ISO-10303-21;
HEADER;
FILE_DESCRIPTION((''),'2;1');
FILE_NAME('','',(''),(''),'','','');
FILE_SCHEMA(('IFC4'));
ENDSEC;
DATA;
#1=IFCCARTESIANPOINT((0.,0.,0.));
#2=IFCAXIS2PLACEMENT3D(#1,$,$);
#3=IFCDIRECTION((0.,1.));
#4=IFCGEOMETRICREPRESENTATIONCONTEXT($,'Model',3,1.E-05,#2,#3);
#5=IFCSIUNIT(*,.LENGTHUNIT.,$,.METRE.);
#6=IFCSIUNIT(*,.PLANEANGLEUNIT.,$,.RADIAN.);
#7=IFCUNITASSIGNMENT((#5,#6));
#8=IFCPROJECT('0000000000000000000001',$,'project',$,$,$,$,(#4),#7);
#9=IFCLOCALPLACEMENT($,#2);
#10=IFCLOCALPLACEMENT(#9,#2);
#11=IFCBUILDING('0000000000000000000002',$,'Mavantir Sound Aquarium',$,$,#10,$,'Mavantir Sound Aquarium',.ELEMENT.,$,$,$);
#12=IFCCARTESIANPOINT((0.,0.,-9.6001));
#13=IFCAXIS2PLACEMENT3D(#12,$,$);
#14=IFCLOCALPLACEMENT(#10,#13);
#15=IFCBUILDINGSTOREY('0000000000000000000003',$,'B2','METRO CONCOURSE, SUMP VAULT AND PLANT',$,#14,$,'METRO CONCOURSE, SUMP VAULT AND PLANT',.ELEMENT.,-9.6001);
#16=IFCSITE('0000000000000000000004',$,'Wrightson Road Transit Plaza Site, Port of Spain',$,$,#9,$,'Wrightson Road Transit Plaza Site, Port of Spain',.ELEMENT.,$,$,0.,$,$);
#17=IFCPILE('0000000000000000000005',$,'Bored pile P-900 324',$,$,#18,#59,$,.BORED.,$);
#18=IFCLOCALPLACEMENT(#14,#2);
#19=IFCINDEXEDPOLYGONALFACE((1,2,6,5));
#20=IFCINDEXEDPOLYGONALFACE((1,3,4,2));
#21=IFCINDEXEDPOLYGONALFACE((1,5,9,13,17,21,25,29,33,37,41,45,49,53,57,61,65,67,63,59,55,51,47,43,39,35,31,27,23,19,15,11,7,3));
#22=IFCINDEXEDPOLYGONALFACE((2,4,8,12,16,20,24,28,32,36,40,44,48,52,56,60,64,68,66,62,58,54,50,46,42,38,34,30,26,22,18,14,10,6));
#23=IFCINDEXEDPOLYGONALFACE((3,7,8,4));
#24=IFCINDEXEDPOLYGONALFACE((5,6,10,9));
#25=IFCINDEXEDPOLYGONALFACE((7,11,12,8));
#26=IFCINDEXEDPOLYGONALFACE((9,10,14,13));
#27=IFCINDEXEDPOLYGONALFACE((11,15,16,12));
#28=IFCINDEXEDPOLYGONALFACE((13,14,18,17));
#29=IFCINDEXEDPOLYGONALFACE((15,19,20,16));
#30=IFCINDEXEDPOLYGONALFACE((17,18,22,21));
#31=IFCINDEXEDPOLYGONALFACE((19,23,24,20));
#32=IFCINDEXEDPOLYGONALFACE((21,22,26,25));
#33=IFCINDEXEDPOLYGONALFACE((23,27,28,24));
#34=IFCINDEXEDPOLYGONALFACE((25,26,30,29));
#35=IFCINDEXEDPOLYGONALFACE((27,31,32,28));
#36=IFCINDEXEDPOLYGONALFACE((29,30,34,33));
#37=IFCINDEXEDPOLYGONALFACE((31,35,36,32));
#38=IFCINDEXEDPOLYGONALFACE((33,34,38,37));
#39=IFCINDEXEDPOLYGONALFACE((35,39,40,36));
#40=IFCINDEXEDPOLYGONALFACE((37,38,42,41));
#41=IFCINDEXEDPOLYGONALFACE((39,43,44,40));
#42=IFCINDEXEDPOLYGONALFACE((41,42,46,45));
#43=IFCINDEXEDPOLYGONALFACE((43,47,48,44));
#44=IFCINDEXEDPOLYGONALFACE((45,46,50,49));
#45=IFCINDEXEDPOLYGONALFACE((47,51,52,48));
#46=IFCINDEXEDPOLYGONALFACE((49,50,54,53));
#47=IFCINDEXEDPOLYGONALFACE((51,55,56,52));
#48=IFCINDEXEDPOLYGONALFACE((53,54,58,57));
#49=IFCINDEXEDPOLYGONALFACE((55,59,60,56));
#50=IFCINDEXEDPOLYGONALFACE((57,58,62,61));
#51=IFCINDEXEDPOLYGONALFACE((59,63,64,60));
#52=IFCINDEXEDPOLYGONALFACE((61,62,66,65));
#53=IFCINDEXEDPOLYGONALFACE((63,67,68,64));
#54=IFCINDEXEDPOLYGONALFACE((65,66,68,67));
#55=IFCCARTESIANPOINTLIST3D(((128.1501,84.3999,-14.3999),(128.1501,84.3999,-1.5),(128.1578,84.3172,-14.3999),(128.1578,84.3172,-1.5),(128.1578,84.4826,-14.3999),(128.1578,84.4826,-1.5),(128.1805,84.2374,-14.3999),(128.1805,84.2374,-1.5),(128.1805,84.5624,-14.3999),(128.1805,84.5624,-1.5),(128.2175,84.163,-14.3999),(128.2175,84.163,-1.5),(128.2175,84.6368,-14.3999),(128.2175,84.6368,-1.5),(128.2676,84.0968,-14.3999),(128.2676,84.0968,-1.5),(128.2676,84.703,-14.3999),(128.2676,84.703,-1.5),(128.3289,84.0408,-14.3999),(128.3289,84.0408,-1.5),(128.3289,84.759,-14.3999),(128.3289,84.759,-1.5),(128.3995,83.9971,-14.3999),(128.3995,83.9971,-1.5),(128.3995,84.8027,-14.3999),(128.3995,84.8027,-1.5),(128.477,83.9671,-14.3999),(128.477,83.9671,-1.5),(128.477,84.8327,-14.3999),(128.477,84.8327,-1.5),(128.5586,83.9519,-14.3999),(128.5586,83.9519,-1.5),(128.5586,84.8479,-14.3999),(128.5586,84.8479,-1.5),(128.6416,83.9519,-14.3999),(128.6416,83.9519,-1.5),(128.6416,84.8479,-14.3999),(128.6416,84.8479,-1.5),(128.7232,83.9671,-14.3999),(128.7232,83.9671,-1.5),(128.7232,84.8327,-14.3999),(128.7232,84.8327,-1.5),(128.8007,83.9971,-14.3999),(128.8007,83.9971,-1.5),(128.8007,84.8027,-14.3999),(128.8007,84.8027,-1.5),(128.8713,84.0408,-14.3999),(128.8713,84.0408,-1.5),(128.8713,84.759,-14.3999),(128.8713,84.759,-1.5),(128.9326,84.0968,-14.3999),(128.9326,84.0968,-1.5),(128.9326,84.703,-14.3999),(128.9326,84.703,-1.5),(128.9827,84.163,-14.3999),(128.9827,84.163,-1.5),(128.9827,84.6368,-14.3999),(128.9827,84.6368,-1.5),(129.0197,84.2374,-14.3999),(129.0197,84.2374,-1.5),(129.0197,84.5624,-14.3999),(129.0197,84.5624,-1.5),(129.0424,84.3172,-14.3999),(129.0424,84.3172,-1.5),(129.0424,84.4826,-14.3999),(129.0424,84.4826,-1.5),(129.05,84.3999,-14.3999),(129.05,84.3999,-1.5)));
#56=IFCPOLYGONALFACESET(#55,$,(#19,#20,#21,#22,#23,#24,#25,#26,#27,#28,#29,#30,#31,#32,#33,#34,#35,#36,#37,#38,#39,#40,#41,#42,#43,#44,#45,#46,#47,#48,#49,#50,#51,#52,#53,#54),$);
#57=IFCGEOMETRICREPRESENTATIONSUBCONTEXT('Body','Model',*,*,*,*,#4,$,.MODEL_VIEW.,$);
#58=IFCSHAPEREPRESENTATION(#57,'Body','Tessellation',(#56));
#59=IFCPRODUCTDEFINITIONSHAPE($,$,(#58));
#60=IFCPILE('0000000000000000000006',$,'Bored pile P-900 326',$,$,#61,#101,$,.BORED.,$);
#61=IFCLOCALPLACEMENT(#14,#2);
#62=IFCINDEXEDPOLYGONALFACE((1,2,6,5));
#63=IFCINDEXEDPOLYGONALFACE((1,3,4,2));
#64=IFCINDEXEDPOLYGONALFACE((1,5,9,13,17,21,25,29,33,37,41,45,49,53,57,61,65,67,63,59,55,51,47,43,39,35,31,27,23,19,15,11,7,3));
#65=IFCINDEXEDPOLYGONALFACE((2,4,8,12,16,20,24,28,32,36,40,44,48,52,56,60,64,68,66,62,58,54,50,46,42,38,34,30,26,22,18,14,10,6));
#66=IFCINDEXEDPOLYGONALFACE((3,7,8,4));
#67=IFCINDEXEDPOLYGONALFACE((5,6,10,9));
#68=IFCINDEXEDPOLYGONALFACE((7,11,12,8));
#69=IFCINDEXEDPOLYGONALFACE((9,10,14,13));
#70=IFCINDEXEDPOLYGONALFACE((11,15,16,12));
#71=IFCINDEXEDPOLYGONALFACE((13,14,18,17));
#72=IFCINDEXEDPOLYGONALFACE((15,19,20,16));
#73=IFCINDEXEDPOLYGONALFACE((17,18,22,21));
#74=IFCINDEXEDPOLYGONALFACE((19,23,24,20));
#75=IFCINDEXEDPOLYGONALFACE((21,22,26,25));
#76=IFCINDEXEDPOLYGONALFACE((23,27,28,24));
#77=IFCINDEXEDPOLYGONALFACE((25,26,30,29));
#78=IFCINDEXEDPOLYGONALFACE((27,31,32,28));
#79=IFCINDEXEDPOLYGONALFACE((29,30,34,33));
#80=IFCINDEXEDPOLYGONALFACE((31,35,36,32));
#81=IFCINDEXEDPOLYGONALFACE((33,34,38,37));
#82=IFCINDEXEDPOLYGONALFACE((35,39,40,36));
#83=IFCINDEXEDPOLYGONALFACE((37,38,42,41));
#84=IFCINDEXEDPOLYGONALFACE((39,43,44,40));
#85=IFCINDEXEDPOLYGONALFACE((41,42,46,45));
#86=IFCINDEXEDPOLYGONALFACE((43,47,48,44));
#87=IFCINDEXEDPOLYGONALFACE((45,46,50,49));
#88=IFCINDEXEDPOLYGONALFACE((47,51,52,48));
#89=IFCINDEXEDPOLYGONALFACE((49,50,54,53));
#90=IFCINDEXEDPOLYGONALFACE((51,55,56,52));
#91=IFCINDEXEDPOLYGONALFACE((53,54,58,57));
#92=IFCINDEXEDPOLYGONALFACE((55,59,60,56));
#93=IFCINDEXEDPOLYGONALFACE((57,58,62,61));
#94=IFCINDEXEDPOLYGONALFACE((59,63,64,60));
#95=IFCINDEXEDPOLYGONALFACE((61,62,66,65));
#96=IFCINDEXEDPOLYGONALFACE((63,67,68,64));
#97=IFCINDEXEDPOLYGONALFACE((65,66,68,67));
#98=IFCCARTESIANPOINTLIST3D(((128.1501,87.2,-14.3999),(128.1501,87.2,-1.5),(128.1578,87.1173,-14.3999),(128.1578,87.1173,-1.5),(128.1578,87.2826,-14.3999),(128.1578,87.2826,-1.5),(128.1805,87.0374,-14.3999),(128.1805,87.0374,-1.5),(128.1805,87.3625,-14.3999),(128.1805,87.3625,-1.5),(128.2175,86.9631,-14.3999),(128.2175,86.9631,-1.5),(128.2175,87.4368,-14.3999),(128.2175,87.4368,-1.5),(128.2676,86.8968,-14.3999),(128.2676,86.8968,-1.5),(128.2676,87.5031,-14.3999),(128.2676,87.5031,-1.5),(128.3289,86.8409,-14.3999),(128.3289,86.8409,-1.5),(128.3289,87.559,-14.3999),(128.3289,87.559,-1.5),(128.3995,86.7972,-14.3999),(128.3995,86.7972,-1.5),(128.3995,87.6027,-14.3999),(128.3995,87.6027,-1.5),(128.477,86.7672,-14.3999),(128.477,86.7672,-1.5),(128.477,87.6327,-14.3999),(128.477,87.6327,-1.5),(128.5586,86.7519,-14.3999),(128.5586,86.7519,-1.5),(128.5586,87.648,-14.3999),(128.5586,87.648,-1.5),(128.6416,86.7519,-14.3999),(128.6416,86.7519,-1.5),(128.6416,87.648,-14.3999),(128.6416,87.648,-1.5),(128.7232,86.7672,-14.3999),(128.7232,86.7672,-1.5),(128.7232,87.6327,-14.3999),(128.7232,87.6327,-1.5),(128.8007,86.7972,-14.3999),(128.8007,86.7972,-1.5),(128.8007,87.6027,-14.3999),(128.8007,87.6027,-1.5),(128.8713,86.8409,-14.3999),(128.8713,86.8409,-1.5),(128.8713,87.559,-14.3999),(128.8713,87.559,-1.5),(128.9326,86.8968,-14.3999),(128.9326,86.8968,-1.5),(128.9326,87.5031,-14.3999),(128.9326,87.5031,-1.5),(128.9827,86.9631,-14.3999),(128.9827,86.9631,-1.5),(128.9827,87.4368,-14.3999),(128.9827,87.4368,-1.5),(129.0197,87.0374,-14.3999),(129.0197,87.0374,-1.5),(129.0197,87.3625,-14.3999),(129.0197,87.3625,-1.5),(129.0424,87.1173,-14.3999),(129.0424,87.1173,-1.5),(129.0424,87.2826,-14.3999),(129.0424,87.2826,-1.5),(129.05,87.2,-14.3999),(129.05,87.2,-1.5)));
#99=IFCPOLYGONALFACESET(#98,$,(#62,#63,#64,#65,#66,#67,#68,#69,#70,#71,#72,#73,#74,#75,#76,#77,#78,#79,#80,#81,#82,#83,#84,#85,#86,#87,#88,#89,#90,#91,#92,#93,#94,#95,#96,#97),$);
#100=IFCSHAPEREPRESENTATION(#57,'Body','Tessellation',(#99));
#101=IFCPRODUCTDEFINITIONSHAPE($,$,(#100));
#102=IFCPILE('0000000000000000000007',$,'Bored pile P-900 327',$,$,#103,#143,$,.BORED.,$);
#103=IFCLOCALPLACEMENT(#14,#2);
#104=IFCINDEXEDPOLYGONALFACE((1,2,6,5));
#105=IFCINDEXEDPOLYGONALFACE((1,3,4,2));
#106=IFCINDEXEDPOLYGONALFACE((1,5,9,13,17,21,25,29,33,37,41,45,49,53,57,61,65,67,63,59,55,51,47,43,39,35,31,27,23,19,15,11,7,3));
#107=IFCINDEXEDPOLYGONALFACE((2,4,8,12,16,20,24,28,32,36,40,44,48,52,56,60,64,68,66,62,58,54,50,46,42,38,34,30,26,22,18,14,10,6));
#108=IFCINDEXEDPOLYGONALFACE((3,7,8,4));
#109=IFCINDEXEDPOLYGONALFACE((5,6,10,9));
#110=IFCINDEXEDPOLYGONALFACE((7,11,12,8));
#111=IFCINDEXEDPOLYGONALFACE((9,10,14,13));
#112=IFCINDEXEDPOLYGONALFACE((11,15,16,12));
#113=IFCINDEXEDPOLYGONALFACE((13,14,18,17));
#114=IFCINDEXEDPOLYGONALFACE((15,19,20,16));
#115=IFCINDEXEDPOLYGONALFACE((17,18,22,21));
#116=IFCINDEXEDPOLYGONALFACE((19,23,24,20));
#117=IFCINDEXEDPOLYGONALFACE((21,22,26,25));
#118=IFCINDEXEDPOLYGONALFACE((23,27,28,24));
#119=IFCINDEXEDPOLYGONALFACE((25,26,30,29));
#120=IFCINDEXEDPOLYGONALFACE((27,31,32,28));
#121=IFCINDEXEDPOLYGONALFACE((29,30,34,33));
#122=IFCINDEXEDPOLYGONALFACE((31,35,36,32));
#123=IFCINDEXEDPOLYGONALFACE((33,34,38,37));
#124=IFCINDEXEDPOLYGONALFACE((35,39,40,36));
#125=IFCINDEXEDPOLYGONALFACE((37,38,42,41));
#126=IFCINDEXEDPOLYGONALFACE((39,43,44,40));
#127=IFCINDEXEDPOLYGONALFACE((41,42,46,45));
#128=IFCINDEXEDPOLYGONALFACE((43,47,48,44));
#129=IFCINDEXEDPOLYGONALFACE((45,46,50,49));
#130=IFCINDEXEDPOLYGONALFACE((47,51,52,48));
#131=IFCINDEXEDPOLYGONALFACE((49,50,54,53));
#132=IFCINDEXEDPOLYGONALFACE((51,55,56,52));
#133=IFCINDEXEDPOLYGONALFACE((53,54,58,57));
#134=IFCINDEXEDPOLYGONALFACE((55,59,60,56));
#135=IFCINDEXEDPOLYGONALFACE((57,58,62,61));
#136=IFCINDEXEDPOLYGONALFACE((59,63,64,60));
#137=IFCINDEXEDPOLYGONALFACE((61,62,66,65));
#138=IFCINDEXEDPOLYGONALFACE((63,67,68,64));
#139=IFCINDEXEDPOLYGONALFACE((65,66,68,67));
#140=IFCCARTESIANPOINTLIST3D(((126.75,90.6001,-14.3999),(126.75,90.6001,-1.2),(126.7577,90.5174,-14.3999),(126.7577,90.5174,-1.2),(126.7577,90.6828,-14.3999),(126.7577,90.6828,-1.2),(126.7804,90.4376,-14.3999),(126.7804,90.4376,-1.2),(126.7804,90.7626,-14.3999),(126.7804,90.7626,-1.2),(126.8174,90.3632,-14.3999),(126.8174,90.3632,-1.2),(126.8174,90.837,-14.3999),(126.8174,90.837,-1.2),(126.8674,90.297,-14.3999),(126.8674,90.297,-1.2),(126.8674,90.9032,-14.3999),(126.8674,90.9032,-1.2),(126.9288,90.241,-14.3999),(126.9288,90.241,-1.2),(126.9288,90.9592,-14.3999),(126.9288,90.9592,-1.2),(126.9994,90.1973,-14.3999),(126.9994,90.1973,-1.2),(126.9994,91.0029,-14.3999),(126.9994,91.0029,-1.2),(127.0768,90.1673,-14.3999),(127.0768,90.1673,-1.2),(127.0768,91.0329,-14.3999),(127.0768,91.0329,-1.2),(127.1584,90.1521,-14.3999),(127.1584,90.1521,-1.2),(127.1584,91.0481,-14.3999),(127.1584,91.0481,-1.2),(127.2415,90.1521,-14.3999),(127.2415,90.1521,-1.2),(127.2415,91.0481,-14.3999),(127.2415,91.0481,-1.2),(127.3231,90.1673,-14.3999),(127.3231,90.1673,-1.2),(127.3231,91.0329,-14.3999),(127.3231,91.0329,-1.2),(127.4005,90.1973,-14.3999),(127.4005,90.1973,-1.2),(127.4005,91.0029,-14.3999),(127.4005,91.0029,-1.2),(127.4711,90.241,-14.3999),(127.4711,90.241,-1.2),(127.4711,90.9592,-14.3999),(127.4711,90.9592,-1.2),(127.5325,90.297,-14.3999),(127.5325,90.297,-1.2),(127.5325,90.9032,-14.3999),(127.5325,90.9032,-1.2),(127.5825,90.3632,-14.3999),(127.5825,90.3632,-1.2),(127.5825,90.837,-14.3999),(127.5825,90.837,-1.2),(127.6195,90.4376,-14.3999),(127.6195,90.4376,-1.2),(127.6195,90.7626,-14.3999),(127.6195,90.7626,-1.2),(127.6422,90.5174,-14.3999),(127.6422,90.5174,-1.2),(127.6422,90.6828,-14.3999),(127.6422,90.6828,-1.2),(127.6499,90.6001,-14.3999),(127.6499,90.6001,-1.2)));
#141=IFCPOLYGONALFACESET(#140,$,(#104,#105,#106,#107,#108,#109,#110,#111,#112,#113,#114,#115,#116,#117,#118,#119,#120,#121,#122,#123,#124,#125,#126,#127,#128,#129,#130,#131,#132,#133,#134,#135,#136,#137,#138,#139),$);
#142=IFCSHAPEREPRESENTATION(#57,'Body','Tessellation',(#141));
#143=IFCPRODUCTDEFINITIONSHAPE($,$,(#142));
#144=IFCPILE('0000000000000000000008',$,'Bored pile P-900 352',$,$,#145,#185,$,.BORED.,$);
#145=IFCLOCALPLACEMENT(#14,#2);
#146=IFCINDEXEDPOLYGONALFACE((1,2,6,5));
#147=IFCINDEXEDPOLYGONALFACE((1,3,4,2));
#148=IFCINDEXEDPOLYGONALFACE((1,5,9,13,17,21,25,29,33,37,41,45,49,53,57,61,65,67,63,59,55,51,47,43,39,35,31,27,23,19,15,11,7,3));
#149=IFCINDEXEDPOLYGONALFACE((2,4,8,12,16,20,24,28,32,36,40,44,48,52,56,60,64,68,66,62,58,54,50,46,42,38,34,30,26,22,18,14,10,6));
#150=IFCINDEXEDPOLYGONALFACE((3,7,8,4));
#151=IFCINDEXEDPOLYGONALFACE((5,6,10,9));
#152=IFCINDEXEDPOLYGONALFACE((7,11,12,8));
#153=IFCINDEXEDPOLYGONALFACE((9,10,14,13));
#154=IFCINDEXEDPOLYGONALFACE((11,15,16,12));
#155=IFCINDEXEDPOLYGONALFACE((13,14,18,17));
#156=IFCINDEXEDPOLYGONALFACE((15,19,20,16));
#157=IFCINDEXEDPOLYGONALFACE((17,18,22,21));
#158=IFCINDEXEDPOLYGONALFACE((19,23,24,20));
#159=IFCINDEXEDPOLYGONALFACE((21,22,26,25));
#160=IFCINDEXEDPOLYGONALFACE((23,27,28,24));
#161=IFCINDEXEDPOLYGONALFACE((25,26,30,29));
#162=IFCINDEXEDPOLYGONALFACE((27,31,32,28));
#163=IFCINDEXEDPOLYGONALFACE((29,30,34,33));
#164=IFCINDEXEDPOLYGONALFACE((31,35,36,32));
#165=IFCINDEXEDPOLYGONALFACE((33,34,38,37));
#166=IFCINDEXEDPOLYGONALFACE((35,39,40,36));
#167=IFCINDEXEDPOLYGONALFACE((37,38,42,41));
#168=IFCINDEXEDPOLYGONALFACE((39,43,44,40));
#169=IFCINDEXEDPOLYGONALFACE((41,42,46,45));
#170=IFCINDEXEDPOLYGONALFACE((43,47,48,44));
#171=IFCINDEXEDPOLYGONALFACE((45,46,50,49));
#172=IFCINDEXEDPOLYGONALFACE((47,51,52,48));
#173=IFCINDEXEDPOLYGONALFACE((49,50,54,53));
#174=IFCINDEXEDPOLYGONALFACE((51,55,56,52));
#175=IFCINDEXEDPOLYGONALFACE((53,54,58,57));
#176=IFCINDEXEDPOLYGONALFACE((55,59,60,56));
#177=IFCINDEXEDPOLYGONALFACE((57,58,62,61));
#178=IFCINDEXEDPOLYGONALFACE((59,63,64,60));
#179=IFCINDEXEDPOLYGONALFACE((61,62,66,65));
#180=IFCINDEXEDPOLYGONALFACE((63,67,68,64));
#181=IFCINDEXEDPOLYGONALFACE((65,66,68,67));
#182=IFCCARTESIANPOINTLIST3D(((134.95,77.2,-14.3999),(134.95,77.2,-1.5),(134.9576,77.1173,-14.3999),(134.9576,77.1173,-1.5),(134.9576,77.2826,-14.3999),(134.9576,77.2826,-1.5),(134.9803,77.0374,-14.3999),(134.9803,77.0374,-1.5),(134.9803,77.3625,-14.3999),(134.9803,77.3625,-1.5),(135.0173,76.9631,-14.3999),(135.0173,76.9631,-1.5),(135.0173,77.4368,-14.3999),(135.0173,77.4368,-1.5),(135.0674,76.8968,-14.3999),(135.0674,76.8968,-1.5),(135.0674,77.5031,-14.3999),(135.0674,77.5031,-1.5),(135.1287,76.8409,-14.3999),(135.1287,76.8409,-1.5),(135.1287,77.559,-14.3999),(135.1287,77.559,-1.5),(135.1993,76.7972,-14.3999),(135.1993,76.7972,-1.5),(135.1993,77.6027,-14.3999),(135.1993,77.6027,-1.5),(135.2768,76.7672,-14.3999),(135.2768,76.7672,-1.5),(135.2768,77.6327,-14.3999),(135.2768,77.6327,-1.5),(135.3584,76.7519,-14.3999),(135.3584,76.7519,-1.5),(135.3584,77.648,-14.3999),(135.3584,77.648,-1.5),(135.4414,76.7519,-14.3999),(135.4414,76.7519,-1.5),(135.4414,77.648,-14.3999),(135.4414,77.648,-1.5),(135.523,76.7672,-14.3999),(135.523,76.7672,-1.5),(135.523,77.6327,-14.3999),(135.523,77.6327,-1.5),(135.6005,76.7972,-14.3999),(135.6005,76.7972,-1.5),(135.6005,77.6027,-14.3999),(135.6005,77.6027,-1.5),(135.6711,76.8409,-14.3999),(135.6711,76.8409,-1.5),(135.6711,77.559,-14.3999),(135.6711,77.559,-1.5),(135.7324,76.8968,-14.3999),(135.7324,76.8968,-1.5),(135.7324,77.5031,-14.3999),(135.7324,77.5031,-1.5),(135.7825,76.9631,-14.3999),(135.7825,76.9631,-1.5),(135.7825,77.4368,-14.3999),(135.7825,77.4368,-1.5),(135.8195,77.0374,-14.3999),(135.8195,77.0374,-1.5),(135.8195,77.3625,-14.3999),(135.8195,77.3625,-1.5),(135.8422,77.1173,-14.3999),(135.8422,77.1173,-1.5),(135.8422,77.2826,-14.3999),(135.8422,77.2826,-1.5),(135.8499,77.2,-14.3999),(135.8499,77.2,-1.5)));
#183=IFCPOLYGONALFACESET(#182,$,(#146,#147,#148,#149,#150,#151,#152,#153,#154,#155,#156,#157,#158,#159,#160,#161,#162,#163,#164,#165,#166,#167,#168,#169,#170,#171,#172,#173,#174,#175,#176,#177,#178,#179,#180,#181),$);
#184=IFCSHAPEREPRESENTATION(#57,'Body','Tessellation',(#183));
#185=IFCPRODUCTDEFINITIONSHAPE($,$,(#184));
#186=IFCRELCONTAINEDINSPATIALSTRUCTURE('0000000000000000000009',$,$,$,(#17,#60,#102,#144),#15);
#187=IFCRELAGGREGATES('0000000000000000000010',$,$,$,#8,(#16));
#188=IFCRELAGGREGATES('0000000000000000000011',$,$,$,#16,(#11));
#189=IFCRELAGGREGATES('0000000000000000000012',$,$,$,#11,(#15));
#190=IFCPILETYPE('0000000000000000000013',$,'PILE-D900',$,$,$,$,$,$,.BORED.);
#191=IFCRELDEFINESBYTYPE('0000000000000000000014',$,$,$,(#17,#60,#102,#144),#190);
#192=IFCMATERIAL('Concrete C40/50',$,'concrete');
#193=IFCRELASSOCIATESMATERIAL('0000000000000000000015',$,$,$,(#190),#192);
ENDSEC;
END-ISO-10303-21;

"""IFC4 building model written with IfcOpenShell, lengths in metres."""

from ifc_helpers import new_model, si_unit, direction, frame, origin, origin_2d, place, context, subcontext, project, spatial, circle, extrude, material, material_profile, profile_set, type_object, element, save


model = new_model("IFC4")

# Units and contexts
model_context = context("Model", 3, precision=1e-05, world=origin(), true_north=direction((0.0, 1.0)))
body_context = subcontext(model_context, "Body", "Model", "MODEL_VIEW")
ifc_project = project(units=[si_unit("LENGTHUNIT", "METRE"), si_unit("PLANEANGLEUNIT", "RADIAN")], contexts=[model_context])

# Site, building, storey
site_placement = place(None, origin())
site = spatial("IfcSite", under=ifc_project, at=site_placement, Name="Wrightson Road Transit Plaza Site, Port of Spain", LongName="Wrightson Road Transit Plaza Site, Port of Spain", CompositionType="ELEMENT", RefElevation=0.0)
building_placement = place(site_placement, origin())
building = spatial("IfcBuilding", under=site, at=building_placement, Name="Mavantir Sound Aquarium", LongName="Mavantir Sound Aquarium", CompositionType="ELEMENT")
storey_placement = place(building_placement, frame((0.0, 0.0, -9.6001)))
storey = spatial("IfcBuildingStorey", under=building, at=storey_placement, Name="B2", Description="METRO CONCOURSE, SUMP VAULT AND PLANT", LongName="METRO CONCOURSE, SUMP VAULT AND PLANT", CompositionType="ELEMENT", Elevation=-9.6001)

# Shared definitions
ifc_material_1 = material(Name="Concrete C40/50", Category="concrete")

# Piles
ifc_material_profile_1 = material_profile(ifc_material_1, circle(Radius=0.45, at=origin_2d()), Name="PILE D900")
ifc_profile_set_1 = profile_set([ifc_material_profile_1], Name="Concrete C40/50")
pile_type = type_object("IfcPileType", Name="PILE-D900", PredefinedType="BORED", material=ifc_profile_set_1)
for number, where, z_axis, x_axis, name in (
    (1, (128.6001, 84.3999, -1.5), (0.0, 0.0, -1.0), (1.0, 0.0, 0.0), "Bored pile P-900 324"),
    (2, (128.6001, 87.2, -1.5), (0.0, 0.0, -1.0), (1.0, 0.0, 0.0), "Bored pile P-900 326"),
):
    element("IfcPile", number, at=place(storey_placement, frame(where, z_axis=z_axis, x_axis=x_axis)), inside=storey, type_object=pile_type, Name=name, PredefinedType="BORED", context=body_context, shape_type="SweptSolid", body=[
        extrude(circle(Radius=0.45, at=origin_2d()), origin(), (0.0, 0.0, 1.0), 12.8999),
    ])
pile_1_placement = place(storey_placement, frame((127.2, 90.6001, -1.2), z_axis=(0.0, 0.0, -1.0), x_axis=(1.0, 0.0, 0.0)))
element("IfcPile", 3, at=pile_1_placement, inside=storey, type_object=pile_type, Name="Bored pile P-900 327", PredefinedType="BORED", context=body_context, shape_type="SweptSolid", body=[
    extrude(circle(Radius=0.45, at=origin_2d()), origin(), (0.0, 0.0, 1.0), 13.2),
])
for number, where, z_axis, x_axis, name in (
    (4, (135.3999, 77.2, -1.5), (0.0, 0.0, -1.0), (1.0, 0.0, 0.0), "Bored pile P-900 352"),
):
    element("IfcPile", number, at=place(storey_placement, frame(where, z_axis=z_axis, x_axis=x_axis)), inside=storey, type_object=pile_type, Name=name, PredefinedType="BORED", context=body_context, shape_type="SweptSolid", body=[
        extrude(circle(Radius=0.45, at=origin_2d()), origin(), (0.0, 0.0, 1.0), 12.8999),
    ])

save(model, "model.ifc")
